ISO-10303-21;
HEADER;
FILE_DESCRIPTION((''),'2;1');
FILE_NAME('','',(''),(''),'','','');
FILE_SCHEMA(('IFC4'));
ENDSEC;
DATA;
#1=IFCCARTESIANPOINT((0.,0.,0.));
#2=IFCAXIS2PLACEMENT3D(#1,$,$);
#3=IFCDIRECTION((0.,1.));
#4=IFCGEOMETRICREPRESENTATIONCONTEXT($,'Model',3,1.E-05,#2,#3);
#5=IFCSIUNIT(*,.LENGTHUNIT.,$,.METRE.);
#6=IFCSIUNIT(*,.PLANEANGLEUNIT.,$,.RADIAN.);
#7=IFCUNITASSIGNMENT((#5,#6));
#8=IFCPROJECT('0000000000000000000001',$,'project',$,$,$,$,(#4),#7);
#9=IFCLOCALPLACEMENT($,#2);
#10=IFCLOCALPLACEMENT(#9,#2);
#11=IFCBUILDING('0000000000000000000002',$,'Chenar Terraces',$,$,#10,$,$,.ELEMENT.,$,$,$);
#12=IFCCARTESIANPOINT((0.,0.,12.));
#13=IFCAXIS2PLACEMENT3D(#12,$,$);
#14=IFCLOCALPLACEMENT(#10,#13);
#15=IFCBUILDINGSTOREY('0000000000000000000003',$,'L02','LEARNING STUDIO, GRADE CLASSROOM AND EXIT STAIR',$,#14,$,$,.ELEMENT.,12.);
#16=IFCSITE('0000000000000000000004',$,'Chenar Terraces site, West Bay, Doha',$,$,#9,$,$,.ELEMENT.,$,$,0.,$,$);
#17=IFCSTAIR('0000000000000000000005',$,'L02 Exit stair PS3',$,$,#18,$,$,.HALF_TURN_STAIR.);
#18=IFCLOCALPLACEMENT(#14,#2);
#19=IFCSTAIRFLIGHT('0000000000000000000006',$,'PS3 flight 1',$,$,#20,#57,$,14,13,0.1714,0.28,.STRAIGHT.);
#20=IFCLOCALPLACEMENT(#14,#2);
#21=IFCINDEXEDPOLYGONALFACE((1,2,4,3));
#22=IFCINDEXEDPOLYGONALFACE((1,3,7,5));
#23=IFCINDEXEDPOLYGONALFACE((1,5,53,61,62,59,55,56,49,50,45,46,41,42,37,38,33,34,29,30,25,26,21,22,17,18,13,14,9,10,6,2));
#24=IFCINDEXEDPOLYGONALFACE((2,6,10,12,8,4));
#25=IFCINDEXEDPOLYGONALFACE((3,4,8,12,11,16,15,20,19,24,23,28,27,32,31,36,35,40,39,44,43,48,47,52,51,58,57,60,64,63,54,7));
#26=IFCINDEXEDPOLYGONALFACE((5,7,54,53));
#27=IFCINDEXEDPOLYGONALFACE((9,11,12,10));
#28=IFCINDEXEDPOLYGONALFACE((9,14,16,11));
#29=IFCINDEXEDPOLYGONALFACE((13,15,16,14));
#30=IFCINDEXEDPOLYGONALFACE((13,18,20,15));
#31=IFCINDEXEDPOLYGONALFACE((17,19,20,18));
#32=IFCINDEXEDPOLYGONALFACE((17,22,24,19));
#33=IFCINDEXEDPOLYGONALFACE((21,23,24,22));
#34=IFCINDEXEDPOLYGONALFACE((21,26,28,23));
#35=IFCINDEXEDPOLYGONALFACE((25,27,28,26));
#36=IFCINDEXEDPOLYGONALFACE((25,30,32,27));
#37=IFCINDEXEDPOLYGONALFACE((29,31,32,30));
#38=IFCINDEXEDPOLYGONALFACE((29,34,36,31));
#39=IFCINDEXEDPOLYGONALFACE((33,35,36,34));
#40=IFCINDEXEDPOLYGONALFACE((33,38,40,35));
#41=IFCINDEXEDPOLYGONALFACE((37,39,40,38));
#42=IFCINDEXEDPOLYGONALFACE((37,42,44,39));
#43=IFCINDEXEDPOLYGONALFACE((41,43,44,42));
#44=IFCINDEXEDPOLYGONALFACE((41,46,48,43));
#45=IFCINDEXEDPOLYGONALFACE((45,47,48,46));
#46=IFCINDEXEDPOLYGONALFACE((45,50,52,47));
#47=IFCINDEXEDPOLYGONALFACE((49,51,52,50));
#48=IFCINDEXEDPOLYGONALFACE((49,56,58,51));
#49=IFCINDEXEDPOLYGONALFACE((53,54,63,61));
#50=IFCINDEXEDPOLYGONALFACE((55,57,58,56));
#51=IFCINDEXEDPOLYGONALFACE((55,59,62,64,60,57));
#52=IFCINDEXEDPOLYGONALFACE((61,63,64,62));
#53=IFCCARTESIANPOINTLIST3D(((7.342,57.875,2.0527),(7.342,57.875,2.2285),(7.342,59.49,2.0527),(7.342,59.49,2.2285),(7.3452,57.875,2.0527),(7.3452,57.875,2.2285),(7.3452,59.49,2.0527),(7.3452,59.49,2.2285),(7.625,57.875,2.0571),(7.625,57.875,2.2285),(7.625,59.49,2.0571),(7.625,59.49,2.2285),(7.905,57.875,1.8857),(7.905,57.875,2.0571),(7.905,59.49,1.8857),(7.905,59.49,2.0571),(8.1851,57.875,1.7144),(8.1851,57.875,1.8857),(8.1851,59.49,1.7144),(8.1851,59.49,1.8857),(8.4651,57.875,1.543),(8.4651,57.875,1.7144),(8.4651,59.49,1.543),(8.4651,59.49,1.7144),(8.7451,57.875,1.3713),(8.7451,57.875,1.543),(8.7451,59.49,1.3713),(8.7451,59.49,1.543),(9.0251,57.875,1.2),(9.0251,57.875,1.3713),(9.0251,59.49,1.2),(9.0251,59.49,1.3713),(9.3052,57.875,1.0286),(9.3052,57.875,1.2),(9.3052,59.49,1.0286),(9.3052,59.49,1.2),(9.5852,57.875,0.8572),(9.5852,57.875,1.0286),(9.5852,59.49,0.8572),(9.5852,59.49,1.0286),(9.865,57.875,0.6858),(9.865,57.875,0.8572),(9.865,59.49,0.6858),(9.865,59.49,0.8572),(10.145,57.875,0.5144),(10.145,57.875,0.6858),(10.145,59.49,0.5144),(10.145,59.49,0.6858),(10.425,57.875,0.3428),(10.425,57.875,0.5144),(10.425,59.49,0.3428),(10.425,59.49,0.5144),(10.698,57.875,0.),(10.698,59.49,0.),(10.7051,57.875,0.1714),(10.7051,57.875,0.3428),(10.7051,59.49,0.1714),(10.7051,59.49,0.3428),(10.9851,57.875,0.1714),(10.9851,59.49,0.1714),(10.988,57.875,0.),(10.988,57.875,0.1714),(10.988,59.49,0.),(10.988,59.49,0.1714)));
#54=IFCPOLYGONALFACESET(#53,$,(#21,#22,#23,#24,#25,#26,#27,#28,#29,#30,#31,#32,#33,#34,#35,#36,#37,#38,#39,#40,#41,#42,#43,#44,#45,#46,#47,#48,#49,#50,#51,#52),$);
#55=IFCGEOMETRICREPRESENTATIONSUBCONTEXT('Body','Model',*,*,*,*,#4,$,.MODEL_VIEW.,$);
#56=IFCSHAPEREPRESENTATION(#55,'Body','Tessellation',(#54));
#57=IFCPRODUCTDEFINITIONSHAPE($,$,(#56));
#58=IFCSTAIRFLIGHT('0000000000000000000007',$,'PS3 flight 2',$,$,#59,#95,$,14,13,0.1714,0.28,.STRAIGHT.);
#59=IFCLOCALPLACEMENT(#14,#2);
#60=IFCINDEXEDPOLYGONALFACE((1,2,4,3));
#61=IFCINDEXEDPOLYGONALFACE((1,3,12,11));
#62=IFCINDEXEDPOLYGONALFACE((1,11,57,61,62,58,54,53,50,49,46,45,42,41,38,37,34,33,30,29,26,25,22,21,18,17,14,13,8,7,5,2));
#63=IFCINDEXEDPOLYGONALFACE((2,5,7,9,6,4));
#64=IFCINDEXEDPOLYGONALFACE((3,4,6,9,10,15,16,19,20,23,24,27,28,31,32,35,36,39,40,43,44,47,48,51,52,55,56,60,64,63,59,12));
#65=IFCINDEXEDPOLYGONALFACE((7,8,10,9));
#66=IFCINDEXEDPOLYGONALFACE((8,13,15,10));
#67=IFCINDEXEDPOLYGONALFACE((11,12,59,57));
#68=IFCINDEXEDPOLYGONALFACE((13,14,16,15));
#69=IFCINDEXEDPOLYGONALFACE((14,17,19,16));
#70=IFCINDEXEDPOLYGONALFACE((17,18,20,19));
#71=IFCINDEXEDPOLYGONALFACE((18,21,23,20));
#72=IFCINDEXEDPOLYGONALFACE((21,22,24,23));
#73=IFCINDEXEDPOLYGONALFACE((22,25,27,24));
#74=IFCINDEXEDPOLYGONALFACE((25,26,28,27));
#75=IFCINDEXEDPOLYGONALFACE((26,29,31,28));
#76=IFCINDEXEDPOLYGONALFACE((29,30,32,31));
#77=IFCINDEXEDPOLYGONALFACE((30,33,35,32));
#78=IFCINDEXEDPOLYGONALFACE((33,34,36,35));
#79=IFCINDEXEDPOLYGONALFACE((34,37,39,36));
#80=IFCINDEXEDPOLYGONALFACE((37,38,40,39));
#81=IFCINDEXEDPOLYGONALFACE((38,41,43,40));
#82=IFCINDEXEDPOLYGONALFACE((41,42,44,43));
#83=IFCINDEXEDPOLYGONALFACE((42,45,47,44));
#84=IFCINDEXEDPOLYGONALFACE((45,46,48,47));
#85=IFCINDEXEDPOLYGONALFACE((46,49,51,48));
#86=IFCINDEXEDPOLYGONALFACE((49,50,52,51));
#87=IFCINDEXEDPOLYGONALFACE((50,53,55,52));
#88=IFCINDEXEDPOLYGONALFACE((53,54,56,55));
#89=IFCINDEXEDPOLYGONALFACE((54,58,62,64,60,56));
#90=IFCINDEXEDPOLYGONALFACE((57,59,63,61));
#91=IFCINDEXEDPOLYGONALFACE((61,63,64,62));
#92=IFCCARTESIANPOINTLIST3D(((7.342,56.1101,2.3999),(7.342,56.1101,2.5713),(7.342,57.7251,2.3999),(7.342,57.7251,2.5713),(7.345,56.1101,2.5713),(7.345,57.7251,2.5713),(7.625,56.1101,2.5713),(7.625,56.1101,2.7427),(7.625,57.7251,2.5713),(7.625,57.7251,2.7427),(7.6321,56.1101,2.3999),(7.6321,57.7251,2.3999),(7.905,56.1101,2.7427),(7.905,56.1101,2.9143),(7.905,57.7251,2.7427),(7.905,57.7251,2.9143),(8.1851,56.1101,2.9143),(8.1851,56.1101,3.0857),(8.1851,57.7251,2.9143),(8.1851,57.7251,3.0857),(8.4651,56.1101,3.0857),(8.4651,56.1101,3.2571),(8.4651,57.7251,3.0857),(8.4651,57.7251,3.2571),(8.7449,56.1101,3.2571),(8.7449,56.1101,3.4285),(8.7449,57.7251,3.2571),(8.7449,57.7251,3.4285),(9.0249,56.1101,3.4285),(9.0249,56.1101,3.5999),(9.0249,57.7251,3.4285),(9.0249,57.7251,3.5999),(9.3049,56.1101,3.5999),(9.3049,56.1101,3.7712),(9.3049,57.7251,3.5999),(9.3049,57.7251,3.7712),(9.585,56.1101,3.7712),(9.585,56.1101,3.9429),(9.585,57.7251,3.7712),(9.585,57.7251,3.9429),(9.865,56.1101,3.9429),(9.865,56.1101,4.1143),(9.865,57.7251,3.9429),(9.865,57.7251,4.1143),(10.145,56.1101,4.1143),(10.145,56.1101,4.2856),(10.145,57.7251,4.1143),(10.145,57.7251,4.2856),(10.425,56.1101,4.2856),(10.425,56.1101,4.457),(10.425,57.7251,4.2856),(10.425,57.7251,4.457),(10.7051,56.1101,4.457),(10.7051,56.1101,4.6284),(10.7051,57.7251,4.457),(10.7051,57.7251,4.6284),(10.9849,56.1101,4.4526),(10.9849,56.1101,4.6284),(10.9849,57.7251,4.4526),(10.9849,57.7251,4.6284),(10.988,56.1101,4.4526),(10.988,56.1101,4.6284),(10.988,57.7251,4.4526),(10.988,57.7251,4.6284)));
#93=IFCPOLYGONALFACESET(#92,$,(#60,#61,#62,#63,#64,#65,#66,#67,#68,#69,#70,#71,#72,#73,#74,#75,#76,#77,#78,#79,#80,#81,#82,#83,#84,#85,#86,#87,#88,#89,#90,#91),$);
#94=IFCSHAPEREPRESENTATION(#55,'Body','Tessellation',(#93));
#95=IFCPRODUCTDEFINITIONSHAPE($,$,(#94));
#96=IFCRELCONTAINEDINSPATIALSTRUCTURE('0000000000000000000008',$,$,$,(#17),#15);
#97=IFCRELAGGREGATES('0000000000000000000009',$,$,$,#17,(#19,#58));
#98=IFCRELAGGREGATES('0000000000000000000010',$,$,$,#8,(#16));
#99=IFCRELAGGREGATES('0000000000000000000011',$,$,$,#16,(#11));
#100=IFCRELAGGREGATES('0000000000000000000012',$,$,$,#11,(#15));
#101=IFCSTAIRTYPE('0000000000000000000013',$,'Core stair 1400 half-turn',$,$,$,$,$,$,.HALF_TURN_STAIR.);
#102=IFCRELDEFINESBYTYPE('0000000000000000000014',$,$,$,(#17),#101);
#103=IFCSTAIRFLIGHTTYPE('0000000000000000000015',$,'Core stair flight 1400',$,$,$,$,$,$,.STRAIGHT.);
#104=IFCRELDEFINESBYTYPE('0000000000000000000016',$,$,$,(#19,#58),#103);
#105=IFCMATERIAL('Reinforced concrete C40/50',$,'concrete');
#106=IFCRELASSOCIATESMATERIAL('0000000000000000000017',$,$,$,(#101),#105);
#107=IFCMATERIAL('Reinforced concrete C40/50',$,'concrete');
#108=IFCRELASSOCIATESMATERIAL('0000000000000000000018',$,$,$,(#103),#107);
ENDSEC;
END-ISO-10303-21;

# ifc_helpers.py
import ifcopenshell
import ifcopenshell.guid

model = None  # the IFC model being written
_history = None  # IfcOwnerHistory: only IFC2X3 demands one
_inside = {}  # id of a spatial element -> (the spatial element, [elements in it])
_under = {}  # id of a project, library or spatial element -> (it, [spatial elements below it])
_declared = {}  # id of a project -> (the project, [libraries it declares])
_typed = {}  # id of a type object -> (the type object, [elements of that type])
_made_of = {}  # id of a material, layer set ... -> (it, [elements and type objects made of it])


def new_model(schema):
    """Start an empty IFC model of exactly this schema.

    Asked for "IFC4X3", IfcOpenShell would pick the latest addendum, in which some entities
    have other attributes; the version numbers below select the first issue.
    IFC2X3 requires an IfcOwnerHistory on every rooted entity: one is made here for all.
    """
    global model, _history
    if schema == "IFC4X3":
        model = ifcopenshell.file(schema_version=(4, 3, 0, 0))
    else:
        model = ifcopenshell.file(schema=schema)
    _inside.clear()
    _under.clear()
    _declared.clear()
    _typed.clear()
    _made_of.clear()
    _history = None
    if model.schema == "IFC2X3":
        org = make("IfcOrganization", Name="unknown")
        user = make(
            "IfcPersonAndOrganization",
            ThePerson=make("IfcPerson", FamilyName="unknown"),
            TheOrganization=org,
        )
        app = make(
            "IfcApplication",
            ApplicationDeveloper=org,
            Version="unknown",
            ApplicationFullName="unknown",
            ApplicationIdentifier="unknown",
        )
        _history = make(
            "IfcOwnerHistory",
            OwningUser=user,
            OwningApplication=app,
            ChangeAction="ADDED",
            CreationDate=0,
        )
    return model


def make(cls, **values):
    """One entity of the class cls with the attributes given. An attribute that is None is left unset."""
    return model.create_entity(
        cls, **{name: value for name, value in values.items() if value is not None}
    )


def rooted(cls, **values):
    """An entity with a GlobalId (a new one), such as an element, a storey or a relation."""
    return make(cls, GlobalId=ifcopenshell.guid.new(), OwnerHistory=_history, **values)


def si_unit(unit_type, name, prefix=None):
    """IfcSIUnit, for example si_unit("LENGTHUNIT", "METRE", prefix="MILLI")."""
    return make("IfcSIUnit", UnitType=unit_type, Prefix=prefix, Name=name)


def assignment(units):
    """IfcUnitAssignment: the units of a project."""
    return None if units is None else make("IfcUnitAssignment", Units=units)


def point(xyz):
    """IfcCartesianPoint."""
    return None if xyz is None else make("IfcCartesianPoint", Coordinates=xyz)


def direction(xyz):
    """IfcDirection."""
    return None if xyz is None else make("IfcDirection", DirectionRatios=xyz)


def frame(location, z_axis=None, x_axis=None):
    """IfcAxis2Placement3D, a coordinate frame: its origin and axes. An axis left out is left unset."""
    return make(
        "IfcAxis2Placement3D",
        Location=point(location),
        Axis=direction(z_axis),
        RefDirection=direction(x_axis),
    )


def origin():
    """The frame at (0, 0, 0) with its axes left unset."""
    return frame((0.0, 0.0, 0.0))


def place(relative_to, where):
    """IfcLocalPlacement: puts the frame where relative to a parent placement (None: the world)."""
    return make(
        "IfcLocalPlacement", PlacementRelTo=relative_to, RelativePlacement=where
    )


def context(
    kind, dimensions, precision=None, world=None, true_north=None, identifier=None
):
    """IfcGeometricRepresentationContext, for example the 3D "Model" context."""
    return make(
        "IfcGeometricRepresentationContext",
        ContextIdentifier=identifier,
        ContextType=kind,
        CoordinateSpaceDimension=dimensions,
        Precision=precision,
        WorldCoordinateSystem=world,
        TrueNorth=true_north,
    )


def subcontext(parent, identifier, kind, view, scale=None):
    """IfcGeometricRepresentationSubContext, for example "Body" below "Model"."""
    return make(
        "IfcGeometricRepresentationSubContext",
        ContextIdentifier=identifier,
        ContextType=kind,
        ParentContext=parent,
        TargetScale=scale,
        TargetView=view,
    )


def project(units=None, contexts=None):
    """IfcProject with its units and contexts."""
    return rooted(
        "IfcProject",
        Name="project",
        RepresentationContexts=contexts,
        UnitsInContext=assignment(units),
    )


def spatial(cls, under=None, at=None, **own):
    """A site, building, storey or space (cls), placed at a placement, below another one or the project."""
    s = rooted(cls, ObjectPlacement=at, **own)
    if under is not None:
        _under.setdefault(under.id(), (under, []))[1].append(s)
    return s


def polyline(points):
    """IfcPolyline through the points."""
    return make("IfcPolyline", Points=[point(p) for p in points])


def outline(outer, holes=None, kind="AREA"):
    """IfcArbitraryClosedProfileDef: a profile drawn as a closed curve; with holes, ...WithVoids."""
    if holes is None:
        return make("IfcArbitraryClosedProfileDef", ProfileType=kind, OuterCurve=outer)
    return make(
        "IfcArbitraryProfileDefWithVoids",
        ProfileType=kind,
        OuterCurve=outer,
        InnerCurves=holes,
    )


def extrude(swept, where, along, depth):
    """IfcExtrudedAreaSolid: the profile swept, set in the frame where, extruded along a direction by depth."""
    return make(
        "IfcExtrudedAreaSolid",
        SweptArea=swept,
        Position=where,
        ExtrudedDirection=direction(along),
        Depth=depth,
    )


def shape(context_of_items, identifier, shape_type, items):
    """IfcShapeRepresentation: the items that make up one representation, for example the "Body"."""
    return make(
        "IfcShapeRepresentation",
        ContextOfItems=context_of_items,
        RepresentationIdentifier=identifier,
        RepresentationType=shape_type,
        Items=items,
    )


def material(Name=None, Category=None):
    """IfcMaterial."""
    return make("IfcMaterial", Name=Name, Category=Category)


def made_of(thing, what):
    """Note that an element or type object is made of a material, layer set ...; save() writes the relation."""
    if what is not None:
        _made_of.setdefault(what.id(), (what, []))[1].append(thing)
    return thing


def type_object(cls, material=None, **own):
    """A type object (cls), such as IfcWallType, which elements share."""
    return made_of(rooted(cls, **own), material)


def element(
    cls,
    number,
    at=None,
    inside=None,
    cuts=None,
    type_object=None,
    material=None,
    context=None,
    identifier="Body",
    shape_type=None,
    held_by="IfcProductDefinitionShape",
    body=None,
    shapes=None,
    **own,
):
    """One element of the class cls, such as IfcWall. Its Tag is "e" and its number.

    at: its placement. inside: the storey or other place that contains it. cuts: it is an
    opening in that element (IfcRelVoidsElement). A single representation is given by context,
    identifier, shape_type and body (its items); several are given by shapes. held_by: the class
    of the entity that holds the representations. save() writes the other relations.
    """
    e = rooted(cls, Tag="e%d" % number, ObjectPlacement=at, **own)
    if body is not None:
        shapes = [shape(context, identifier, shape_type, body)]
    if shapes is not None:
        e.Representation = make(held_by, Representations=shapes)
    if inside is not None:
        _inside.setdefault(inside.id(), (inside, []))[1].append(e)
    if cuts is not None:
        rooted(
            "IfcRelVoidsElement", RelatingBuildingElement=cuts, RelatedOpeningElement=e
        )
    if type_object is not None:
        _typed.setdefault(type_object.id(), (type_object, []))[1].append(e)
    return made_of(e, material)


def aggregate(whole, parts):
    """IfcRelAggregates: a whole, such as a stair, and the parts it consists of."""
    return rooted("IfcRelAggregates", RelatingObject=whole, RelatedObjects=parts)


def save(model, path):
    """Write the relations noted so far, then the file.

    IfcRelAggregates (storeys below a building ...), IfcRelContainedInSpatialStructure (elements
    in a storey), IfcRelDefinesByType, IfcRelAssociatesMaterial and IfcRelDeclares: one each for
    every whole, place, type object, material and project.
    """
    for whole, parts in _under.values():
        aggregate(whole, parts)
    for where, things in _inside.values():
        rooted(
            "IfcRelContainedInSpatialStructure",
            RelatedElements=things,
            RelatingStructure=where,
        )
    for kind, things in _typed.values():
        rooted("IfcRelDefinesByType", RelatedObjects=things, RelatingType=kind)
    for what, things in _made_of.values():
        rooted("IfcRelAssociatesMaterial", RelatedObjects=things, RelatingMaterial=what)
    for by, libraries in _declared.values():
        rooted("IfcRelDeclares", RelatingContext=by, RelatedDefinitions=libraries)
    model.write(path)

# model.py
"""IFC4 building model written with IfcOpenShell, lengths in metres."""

from ifc_helpers import new_model, si_unit, direction, frame, origin, place, context, subcontext, project, spatial, polyline, outline, extrude, material, type_object, element, aggregate, save


model = new_model("IFC4")

# Units and contexts
model_context = context("Model", 3, precision=1e-05, world=origin(), true_north=direction((0.0, 1.0)))
body_context = subcontext(model_context, "Body", "Model", "MODEL_VIEW")
ifc_project = project(units=[si_unit("LENGTHUNIT", "METRE"), si_unit("PLANEANGLEUNIT", "RADIAN")], contexts=[model_context])

# Site, building, storey
site_placement = place(None, origin())
site = spatial("IfcSite", under=ifc_project, at=site_placement, Name="Chenar Terraces site, West Bay, Doha", CompositionType="ELEMENT", RefElevation=0.0)
building_placement = place(site_placement, origin())
building = spatial("IfcBuilding", under=site, at=building_placement, Name="Chenar Terraces", CompositionType="ELEMENT")
storey_placement = place(building_placement, frame((0.0, 0.0, 12.0)))
storey = spatial("IfcBuildingStorey", under=building, at=storey_placement, Name="L02", Description="LEARNING STUDIO, GRADE CLASSROOM AND EXIT STAIR", CompositionType="ELEMENT", Elevation=12.0)

# Shared definitions
placement = place(storey_placement, origin())

# Stair, stair flights
ifc_material_1 = material(Name="Reinforced concrete C40/50", Category="concrete")
stair_type = type_object("IfcStairType", Name="Core stair 1400 half-turn", PredefinedType="HALF_TURN_STAIR", material=ifc_material_1)
stair = element("IfcStair", 1, at=placement, inside=storey, type_object=stair_type, Name="L02 Exit stair PS3", PredefinedType="HALF_TURN_STAIR")
ifc_material_2 = material(Name="Reinforced concrete C40/50", Category="concrete")
stair_flight_type = type_object("IfcStairFlightType", Name="Core stair flight 1400", PredefinedType="STRAIGHT", material=ifc_material_2)
stair_flight_1_placement = place(storey_placement, frame((10.9851, 58.6826, 0.0), z_axis=(0.0, 0.0, 1.0), x_axis=(-1.0, 0.0, 0.0)))
stair_flight_1 = element("IfcStairFlight", 2, at=stair_flight_1_placement, type_object=stair_flight_type, Name="PS3 flight 1", NumberOfRisers=14, NumberOfTreads=13, PredefinedType="STRAIGHT", RiserHeight=0.1714, TreadLength=0.28, context=body_context, shape_type="SweptSolid", body=[
    extrude(outline(polyline([(-0.0029, 0.0), (-0.0029, 0.1714), (0.0, 0.1714), (0.28, 0.1714), (0.28, 0.3428), (0.5601, 0.3428), (0.5601, 0.5144), (0.8401, 0.5144), (0.8401, 0.6858), (1.1201, 0.6858), (1.1201, 0.8572), (1.3999, 0.8572), (1.3999, 1.0286), (1.6799, 1.0286), (1.6799, 1.2), (1.96, 1.2), (1.96, 1.3713), (2.24, 1.3713), (2.24, 1.543), (2.52, 1.543), (2.52, 1.7144), (2.8, 1.7144), (2.8, 1.8857), (3.0801, 1.8857), (3.0801, 2.0571), (3.3601, 2.0571), (3.3601, 2.2285), (3.6399, 2.2285), (3.6431, 2.2285), (3.6431, 2.0527), (3.6399, 2.0527), (0.2871, 0.0), (-0.0029, 0.0)])), frame((0.0, 0.8076, 0.0), z_axis=(0.0, -1.0, 0.0), x_axis=(1.0, 0.0, 0.0)), (0.0, 0.0, 1.0), 1.615),
])
stair_flight_2_placement = place(storey_placement, frame((7.345, 56.9175, 2.3999), z_axis=(0.0, 0.0, 1.0), x_axis=(1.0, 0.0, 0.0)))
stair_flight_2 = element("IfcStairFlight", 3, at=stair_flight_2_placement, type_object=stair_flight_type, Name="PS3 flight 2", NumberOfRisers=14, NumberOfTreads=13, PredefinedType="STRAIGHT", RiserHeight=0.1714, TreadLength=0.28, context=body_context, shape_type="SweptSolid", body=[
    extrude(outline(polyline([(-0.0029, 0.0), (-0.0029, 0.1714), (0.0, 0.1714), (0.28, 0.1714), (0.28, 0.3428), (0.5601, 0.3428), (0.5601, 0.5144), (0.8401, 0.5144), (0.8401, 0.6858), (1.1201, 0.6858), (1.1201, 0.8572), (1.3999, 0.8572), (1.3999, 1.0286), (1.6799, 1.0286), (1.6799, 1.2), (1.96, 1.2), (1.96, 1.3713), (2.24, 1.3713), (2.24, 1.543), (2.52, 1.543), (2.52, 1.7144), (2.8, 1.7144), (2.8, 1.8857), (3.0801, 1.8857), (3.0801, 2.0571), (3.3601, 2.0571), (3.3601, 2.2285), (3.6399, 2.2285), (3.6431, 2.2285), (3.6431, 2.0527), (3.6399, 2.0527), (0.2871, 0.0), (-0.0029, 0.0)])), frame((0.0, 0.8076, 0.0), z_axis=(0.0, -1.0, 0.0), x_axis=(1.0, 0.0, 0.0)), (0.0, 0.0, 1.0), 1.615),
])
aggregate(stair, [stair_flight_1, stair_flight_2])

save(model, "model.ifc")
